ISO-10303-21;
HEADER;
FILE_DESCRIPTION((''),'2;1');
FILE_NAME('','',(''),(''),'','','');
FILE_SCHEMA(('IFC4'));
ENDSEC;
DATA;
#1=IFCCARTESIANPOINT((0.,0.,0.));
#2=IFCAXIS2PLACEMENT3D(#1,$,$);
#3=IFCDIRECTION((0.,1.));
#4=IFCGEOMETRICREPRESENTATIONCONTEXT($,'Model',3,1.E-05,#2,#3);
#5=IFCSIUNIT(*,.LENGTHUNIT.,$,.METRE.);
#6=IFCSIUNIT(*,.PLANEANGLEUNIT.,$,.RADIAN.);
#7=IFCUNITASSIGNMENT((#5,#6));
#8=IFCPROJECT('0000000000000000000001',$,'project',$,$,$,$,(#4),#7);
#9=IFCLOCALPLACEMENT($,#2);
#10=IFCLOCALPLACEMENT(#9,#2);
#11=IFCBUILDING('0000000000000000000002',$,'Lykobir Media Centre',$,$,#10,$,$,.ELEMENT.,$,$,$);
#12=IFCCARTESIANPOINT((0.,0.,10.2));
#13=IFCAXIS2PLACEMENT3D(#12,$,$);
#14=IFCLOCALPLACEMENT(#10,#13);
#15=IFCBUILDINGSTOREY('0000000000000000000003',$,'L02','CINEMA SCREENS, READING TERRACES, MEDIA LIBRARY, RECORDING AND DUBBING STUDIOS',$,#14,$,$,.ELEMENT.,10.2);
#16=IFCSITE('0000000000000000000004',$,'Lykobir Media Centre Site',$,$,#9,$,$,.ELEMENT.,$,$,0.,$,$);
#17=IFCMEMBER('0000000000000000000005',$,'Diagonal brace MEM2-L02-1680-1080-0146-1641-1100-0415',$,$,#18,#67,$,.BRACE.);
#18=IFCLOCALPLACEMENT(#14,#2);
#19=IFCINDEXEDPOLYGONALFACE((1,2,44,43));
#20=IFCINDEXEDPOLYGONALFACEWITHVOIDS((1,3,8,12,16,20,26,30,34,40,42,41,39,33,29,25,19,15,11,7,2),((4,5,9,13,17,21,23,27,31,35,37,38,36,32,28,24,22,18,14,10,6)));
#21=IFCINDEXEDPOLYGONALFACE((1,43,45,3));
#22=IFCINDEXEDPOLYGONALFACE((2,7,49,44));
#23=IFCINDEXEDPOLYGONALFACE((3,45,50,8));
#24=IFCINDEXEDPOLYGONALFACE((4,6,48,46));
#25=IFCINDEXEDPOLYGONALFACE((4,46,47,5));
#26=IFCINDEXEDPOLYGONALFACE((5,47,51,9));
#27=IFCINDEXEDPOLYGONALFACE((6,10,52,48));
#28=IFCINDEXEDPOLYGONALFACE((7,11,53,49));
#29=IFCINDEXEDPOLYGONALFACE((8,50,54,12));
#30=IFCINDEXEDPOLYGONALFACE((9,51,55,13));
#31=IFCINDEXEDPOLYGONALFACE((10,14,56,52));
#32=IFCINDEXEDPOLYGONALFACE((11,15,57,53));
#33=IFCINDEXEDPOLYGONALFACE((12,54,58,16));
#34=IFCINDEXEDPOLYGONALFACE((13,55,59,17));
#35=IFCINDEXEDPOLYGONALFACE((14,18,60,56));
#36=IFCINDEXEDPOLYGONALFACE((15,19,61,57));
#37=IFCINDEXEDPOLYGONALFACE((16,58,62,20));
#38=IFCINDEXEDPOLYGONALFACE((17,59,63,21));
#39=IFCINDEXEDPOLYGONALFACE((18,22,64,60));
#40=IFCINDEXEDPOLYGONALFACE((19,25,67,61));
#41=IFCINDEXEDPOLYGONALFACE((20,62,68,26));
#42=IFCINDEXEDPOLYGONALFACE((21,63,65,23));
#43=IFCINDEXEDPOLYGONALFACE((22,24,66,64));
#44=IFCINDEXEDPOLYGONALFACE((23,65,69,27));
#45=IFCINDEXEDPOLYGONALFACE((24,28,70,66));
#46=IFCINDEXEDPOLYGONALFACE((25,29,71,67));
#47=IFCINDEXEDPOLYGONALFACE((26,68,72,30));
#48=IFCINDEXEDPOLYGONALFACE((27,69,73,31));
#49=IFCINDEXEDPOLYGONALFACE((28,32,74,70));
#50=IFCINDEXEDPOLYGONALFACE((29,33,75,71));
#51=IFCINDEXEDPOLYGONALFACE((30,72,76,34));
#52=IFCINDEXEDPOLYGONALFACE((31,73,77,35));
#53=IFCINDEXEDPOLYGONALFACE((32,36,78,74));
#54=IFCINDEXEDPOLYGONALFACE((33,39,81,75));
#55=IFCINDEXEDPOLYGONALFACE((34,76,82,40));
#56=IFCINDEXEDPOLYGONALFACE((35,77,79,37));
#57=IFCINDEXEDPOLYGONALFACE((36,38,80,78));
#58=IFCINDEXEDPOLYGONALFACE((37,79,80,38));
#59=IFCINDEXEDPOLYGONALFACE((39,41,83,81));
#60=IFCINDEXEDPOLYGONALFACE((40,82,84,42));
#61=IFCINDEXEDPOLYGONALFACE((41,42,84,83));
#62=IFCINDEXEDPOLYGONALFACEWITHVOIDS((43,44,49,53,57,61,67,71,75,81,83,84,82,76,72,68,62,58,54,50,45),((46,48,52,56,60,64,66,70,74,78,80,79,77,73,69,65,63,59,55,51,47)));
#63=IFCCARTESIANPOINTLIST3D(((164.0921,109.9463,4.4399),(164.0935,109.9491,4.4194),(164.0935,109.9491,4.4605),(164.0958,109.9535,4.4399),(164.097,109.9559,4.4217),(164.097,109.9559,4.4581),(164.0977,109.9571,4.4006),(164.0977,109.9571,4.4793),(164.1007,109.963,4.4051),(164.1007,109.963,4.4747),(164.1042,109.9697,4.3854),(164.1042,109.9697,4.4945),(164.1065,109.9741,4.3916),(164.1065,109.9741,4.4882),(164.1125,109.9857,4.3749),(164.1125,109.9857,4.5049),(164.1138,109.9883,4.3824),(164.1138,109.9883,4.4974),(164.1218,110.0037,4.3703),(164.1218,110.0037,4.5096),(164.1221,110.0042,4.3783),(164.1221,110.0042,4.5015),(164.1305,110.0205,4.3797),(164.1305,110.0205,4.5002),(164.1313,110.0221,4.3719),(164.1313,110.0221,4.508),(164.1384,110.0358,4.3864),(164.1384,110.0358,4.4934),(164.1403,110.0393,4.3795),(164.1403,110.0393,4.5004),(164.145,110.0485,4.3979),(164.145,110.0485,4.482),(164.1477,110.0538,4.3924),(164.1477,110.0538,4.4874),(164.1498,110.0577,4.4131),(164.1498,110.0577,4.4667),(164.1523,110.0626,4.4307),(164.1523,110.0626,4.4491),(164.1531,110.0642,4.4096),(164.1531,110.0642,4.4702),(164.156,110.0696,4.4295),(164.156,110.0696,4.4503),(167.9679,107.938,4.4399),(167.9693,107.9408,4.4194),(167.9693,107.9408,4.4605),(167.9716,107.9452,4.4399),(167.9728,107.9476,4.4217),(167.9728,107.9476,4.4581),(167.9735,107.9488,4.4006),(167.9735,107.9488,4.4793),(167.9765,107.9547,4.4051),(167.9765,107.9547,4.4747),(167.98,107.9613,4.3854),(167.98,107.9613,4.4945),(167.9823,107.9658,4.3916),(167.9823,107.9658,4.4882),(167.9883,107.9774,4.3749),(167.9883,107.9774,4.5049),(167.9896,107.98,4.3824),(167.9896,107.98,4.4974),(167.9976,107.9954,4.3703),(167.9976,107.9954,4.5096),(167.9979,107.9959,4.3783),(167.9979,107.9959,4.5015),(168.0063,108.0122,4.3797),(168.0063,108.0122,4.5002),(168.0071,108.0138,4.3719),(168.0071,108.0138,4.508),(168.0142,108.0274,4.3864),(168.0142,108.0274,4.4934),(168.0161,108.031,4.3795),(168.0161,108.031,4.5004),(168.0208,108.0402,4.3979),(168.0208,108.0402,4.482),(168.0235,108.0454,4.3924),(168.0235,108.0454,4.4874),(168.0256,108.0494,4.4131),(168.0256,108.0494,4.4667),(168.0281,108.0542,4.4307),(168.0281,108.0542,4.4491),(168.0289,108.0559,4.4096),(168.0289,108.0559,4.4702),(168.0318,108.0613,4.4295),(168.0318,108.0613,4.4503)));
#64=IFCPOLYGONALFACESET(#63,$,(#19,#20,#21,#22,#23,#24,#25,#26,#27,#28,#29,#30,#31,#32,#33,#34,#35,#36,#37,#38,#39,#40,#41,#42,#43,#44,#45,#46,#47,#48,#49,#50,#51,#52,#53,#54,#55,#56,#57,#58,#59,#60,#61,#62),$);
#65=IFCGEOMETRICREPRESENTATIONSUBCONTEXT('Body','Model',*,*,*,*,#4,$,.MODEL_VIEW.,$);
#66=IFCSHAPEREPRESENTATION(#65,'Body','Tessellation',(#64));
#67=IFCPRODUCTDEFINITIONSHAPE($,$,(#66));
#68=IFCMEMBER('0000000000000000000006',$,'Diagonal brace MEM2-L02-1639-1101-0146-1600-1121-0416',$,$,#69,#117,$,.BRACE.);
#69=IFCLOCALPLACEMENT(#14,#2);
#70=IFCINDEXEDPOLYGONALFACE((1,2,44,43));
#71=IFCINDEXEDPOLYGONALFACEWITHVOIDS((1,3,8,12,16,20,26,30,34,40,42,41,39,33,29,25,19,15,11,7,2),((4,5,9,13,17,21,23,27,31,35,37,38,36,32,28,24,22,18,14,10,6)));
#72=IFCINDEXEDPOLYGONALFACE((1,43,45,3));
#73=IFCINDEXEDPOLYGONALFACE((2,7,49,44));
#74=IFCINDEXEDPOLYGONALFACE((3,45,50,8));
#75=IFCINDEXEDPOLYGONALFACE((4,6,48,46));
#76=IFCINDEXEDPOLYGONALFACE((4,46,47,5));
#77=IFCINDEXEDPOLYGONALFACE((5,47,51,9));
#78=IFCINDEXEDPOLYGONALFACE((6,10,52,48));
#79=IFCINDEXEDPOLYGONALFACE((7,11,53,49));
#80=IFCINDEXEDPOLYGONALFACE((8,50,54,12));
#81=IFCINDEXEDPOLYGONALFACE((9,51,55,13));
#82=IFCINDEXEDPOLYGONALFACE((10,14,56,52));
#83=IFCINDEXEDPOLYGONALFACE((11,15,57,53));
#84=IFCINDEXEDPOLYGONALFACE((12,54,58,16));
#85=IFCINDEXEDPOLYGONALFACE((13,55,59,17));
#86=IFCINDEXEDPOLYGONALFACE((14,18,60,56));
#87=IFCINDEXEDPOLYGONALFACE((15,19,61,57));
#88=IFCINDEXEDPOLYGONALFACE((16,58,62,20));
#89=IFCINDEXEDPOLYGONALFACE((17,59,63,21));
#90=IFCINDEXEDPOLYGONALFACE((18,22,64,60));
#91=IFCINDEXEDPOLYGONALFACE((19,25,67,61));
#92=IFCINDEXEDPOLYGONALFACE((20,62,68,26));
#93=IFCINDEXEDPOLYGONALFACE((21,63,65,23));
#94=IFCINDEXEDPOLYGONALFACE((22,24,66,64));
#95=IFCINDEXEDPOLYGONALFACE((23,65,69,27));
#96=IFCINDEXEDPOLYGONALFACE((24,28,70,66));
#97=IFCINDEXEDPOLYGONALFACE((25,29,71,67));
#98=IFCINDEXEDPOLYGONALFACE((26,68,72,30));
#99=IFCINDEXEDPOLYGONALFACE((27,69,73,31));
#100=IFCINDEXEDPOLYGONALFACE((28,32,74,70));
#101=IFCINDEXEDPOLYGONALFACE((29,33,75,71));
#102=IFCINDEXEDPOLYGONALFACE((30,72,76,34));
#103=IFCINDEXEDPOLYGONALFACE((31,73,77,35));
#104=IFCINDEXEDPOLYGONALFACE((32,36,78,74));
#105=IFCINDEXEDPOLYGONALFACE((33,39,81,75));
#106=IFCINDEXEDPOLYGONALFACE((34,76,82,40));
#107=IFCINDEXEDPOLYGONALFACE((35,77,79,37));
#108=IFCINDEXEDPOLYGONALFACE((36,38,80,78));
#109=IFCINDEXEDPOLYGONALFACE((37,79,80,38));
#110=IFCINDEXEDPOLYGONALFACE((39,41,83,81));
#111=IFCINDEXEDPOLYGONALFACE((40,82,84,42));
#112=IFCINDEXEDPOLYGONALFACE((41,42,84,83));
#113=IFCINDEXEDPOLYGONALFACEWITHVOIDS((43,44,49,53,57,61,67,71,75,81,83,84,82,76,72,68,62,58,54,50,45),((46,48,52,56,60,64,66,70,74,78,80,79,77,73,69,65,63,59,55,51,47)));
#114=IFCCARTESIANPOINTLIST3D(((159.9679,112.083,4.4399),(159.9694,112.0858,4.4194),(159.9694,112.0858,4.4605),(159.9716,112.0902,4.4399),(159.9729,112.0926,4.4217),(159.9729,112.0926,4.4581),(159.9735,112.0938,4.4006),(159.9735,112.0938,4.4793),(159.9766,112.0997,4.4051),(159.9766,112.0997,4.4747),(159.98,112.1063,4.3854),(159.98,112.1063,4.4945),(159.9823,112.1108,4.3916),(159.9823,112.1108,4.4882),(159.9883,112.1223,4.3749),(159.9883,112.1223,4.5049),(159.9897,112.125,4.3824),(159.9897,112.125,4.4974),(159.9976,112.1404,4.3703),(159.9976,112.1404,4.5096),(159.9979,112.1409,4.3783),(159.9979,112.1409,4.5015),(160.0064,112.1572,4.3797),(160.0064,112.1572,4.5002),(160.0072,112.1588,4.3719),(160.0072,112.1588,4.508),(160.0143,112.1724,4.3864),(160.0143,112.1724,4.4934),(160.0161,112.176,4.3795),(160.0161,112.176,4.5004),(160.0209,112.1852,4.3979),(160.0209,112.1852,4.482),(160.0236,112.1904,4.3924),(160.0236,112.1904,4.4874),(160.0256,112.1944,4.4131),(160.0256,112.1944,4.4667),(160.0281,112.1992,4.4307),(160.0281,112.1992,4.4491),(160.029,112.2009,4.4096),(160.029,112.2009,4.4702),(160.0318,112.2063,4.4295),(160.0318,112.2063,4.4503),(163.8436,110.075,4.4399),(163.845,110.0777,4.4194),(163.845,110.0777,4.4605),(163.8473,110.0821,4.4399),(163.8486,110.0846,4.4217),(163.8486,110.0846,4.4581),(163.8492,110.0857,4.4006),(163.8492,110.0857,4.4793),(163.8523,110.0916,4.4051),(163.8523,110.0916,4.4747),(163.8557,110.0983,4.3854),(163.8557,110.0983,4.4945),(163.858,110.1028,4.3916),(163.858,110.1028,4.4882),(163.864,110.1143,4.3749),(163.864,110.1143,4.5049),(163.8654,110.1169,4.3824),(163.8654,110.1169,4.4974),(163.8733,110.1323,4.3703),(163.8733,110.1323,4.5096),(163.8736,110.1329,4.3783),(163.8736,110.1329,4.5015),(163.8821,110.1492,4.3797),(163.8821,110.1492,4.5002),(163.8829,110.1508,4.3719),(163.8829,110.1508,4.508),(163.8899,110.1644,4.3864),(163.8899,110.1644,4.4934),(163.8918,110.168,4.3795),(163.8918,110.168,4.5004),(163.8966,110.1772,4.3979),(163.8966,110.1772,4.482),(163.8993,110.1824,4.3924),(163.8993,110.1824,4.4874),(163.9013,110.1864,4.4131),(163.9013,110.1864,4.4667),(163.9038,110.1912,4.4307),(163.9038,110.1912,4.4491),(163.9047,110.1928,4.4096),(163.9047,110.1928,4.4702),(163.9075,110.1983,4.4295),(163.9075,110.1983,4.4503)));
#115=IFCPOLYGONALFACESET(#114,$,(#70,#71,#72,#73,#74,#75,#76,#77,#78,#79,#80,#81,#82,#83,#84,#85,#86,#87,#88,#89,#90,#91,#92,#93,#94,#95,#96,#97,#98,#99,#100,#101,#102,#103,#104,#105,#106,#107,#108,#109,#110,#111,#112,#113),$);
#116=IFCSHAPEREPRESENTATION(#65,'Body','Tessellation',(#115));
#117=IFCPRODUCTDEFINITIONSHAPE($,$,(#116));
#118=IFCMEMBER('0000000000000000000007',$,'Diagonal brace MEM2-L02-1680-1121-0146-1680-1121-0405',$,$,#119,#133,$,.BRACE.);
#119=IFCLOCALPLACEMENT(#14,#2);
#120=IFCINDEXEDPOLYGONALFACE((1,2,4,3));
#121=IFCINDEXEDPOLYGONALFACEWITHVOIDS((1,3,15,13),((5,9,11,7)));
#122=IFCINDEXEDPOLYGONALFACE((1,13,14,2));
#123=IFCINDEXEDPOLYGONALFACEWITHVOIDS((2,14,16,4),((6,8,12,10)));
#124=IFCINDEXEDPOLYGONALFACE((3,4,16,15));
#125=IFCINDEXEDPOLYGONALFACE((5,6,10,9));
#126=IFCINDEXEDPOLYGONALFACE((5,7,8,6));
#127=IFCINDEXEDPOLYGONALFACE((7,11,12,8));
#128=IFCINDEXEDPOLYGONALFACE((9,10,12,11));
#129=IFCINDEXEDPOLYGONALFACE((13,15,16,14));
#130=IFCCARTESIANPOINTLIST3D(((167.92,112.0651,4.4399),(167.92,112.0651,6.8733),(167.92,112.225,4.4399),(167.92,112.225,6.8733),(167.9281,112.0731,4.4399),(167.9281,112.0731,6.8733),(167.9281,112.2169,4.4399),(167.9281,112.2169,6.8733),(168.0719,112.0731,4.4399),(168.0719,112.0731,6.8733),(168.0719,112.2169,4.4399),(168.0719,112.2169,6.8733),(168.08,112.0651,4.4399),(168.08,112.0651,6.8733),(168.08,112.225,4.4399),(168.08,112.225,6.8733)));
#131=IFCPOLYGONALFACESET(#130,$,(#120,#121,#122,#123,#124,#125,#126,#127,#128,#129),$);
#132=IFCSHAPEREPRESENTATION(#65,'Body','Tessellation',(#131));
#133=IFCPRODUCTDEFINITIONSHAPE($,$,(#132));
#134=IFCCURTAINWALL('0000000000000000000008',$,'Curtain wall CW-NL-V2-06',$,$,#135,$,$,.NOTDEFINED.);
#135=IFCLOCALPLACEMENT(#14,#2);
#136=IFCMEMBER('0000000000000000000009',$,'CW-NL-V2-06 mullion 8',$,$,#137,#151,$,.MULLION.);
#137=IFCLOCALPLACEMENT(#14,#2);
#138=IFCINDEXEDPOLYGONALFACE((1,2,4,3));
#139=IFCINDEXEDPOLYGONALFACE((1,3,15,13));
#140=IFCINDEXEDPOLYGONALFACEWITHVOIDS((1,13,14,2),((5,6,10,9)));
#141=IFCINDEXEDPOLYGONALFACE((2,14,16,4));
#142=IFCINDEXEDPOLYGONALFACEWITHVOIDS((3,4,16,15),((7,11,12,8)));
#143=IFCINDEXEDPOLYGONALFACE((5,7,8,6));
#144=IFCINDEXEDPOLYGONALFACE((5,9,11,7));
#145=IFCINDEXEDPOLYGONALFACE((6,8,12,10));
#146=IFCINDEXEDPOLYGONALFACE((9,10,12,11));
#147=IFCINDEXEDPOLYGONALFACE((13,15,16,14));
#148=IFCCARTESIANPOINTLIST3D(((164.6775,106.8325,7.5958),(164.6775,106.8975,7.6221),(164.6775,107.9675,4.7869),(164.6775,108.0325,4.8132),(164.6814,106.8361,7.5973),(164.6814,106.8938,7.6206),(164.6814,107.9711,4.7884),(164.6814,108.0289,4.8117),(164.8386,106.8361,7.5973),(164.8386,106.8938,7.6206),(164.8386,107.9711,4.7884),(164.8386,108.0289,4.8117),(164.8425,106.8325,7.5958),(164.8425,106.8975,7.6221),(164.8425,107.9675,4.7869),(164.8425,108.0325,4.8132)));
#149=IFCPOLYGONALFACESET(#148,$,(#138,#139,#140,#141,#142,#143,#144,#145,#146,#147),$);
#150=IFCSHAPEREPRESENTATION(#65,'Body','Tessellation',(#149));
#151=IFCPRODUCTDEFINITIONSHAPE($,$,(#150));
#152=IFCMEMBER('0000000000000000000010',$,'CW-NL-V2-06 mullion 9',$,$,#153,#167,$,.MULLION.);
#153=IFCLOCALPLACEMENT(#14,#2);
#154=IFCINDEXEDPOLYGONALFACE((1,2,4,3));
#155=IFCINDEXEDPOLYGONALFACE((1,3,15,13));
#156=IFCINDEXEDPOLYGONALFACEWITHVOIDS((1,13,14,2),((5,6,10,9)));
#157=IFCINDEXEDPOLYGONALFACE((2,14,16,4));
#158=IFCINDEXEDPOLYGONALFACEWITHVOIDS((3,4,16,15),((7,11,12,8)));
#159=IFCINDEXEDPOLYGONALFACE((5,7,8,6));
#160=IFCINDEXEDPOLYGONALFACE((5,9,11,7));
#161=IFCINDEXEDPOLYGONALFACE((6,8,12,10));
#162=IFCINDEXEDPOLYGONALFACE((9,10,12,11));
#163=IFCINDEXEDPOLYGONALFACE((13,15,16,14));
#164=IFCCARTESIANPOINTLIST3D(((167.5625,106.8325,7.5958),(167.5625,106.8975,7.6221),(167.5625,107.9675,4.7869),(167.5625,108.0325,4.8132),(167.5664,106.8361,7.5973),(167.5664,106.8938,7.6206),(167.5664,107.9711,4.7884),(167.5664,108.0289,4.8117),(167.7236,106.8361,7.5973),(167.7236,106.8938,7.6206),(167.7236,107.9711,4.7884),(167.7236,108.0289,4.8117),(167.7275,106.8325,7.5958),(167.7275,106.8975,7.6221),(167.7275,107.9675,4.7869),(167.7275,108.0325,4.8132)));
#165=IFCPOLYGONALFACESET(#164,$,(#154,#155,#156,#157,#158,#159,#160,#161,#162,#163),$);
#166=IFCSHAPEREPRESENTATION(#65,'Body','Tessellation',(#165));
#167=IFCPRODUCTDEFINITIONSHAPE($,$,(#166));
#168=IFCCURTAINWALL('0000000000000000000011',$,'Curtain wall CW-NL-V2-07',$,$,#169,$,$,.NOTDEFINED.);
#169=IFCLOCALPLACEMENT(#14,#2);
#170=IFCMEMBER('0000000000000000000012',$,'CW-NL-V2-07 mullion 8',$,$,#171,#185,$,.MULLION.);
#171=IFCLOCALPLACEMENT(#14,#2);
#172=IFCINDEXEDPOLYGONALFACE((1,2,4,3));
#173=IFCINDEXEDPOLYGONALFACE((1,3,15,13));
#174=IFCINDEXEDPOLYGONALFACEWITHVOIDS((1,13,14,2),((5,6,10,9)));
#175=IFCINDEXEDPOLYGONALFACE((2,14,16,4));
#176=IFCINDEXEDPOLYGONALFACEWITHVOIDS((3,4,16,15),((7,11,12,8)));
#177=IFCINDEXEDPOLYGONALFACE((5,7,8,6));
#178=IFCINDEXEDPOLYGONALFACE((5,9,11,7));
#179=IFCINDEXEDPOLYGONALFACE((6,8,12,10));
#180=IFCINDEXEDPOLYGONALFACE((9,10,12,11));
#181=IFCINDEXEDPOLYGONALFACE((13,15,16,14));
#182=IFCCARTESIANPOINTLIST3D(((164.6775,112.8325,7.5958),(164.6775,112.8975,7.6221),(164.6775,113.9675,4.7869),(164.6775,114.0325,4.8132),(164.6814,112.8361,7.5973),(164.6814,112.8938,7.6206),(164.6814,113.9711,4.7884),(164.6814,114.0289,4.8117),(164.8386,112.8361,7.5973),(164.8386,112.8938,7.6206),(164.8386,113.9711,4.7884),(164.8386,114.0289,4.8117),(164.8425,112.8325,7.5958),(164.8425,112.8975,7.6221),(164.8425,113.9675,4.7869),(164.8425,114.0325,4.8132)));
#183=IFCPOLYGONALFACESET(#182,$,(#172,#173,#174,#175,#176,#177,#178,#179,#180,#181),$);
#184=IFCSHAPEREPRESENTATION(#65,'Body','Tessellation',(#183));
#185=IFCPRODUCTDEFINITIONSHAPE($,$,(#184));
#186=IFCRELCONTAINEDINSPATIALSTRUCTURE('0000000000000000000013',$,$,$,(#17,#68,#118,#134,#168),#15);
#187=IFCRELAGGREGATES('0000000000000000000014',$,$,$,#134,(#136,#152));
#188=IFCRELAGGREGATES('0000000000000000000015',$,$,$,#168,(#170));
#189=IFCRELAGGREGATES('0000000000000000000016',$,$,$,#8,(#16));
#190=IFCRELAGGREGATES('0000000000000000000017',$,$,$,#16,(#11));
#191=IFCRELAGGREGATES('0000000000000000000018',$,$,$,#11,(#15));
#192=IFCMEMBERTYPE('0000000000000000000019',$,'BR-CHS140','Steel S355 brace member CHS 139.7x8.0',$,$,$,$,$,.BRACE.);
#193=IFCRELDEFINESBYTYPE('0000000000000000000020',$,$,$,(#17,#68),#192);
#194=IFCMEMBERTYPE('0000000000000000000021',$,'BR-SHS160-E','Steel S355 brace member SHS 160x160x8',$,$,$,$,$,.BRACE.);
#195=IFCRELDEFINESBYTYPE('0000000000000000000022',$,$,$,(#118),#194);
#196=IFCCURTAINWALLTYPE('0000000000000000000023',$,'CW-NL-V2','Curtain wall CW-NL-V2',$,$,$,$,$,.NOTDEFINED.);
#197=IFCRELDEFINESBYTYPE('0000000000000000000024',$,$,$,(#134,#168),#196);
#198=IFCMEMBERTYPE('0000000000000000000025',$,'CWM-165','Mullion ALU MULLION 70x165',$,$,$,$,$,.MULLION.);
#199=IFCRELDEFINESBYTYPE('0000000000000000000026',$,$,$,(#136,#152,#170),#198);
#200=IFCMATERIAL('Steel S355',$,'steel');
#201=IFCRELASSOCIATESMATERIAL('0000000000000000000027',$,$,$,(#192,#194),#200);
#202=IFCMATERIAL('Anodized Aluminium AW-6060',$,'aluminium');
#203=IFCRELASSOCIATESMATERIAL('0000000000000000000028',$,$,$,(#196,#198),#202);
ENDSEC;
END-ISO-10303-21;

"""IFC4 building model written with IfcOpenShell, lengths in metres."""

from ifc_helpers import new_model, si_unit, direction, frame, origin, origin_2d, place, context, subcontext, project, spatial, hollow_rectangle, hollow_circle, extrude, material, material_profile, profile_set, type_object, element, aggregate, save


model = new_model("IFC4")

# Units and contexts
model_context = context("Model", 3, precision=1e-05, world=origin(), true_north=direction((0.0, 1.0)))
body_context = subcontext(model_context, "Body", "Model", "MODEL_VIEW")
ifc_project = project(units=[si_unit("LENGTHUNIT", "METRE"), si_unit("PLANEANGLEUNIT", "RADIAN")], contexts=[model_context])

# Site, building, storey
site_placement = place(None, origin())
site = spatial("IfcSite", under=ifc_project, at=site_placement, Name="Lykobir Media Centre Site", CompositionType="ELEMENT", RefElevation=0.0)
building_placement = place(site_placement, origin())
building = spatial("IfcBuilding", under=site, at=building_placement, Name="Lykobir Media Centre", CompositionType="ELEMENT")
storey_placement = place(building_placement, frame((0.0, 0.0, 10.2)))
storey = spatial("IfcBuildingStorey", under=building, at=storey_placement, Name="L02", Description="CINEMA SCREENS, READING TERRACES, MEDIA LIBRARY, RECORDING AND DUBBING STUDIOS", CompositionType="ELEMENT", Elevation=10.2)

# Members
ifc_material_1 = material(Name="Steel S355", Category="steel")
ifc_material_profile_1 = material_profile(ifc_material_1, hollow_circle(Radius=0.0698, WallThickness=0.0081, at=origin_2d()), Name="CHS 139.7x8.0")
ifc_profile_set_1 = profile_set([ifc_material_profile_1], Name="Steel S355")
member_type_1 = type_object("IfcMemberType", Name="BR-CHS140", Description="Steel S355 brace member CHS 139.7x8.0", PredefinedType="BRACE", material=ifc_profile_set_1)
member_1_placement = place(storey_placement, frame((168.0, 108.0, 4.4399), z_axis=(-0.88788, 0.460076, 0.0), x_axis=(-0.460076, -0.88788, 0.0)))
element("IfcMember", 1, at=member_1_placement, inside=storey, type_object=member_type_1, Name="Diagonal brace MEM2-L02-1680-1080-0146-1641-1100-0415", PredefinedType="BRACE", context=body_context, shape_type="SweptSolid", body=[
    extrude(hollow_circle(Radius=0.0698, WallThickness=0.0081, at=origin_2d()), origin(), (0.0, 0.0, 1.0), 4.3652),
])
member_2_placement = place(storey_placement, frame((163.8757, 110.137, 4.4399), z_axis=(-0.887903, 0.460031, 0.0), x_axis=(-0.460031, -0.887903, 0.0)))
element("IfcMember", 2, at=member_2_placement, inside=storey, type_object=member_type_1, Name="Diagonal brace MEM2-L02-1639-1101-0146-1600-1121-0416", PredefinedType="BRACE", context=body_context, shape_type="SweptSolid", body=[
    extrude(hollow_circle(Radius=0.0698, WallThickness=0.0081, at=origin_2d()), origin(), (0.0, 0.0, 1.0), 4.365),
])
ifc_material_profile_2 = material_profile(ifc_material_1, hollow_rectangle(XDim=0.1599, YDim=0.1599, WallThickness=0.0081, at=origin_2d()), Name="SHS 160x160x8")
ifc_profile_set_2 = profile_set([ifc_material_profile_2], Name="Steel S355")
member_type_2 = type_object("IfcMemberType", Name="BR-SHS160-E", Description="Steel S355 brace member SHS 160x160x8", PredefinedType="BRACE", material=ifc_profile_set_2)
member_3_placement = place(storey_placement, frame((168.0, 112.145, 4.4399), z_axis=(0.0, 0.0, 1.0), x_axis=(1.0, 0.0, 0.0)))
element("IfcMember", 3, at=member_3_placement, inside=storey, type_object=member_type_2, Name="Diagonal brace MEM2-L02-1680-1121-0146-1680-1121-0405", PredefinedType="BRACE", context=body_context, shape_type="SweptSolid", body=[
    extrude(hollow_rectangle(XDim=0.1599, YDim=0.1599, WallThickness=0.0081, at=origin_2d()), origin(), (0.0, 0.0, 1.0), 2.4333),
])

# Curtain walls, members
ifc_material_2 = material(Name="Anodized Aluminium AW-6060", Category="aluminium")
curtain_wall_type = type_object("IfcCurtainWallType", Name="CW-NL-V2", Description="Curtain wall CW-NL-V2", PredefinedType="NOTDEFINED", material=ifc_material_2)
curtain_wall_1_placement = place(storey_placement, origin())
curtain_wall_1 = element("IfcCurtainWall", 4, at=curtain_wall_1_placement, inside=storey, type_object=curtain_wall_type, Name="Curtain wall CW-NL-V2-06", PredefinedType="NOTDEFINED")
ifc_material_profile_3 = material_profile(ifc_material_2, hollow_rectangle(XDim=0.0701, YDim=0.165, WallThickness=0.0039, at=origin_2d()), Name="ALU MULLION 70x165")
ifc_profile_set_3 = profile_set([ifc_material_profile_3], Name="Anodized Aluminium AW-6060")
member_type_3 = type_object("IfcMemberType", Name="CWM-165", Description="Mullion ALU MULLION 70x165", PredefinedType="MULLION", material=ifc_profile_set_3)
member_4_placement = place(storey_placement, frame((164.76, 108.0, 4.8), z_axis=(0.0, -0.374654, 0.927165), x_axis=(0.0, 0.927165, 0.374654)))
member_4 = element("IfcMember", 5, at=member_4_placement, type_object=member_type_3, Name="CW-NL-V2-06 mullion 8", PredefinedType="MULLION", context=body_context, shape_type="SweptSolid", body=[
    extrude(hollow_rectangle(XDim=0.0701, YDim=0.165, WallThickness=0.0039, at=origin_2d()), origin(), (0.0, 0.0, 1.0), 3.0295),
])
member_5_placement = place(storey_placement, frame((167.645, 108.0, 4.8), z_axis=(0.0, -0.374654, 0.927165), x_axis=(0.0, 0.927165, 0.374654)))
member_5 = element("IfcMember", 6, at=member_5_placement, type_object=member_type_3, Name="CW-NL-V2-06 mullion 9", PredefinedType="MULLION", context=body_context, shape_type="SweptSolid", body=[
    extrude(hollow_rectangle(XDim=0.0701, YDim=0.165, WallThickness=0.0039, at=origin_2d()), origin(), (0.0, 0.0, 1.0), 3.0295),
])
curtain_wall_2_placement = place(storey_placement, origin())
curtain_wall_2 = element("IfcCurtainWall", 7, at=curtain_wall_2_placement, inside=storey, type_object=curtain_wall_type, Name="Curtain wall CW-NL-V2-07", PredefinedType="NOTDEFINED")
member_6_placement = place(storey_placement, frame((164.76, 114.0, 4.8), z_axis=(0.0, -0.374654, 0.927165), x_axis=(0.0, 0.927165, 0.374654)))
member_6 = element("IfcMember", 8, at=member_6_placement, type_object=member_type_3, Name="CW-NL-V2-07 mullion 8", PredefinedType="MULLION", context=body_context, shape_type="SweptSolid", body=[
    extrude(hollow_rectangle(XDim=0.0701, YDim=0.165, WallThickness=0.0039, at=origin_2d()), origin(), (0.0, 0.0, 1.0), 3.0295),
])

aggregate(curtain_wall_1, [member_4, member_5])
aggregate(curtain_wall_2, [member_6])

save(model, "model.ifc")
